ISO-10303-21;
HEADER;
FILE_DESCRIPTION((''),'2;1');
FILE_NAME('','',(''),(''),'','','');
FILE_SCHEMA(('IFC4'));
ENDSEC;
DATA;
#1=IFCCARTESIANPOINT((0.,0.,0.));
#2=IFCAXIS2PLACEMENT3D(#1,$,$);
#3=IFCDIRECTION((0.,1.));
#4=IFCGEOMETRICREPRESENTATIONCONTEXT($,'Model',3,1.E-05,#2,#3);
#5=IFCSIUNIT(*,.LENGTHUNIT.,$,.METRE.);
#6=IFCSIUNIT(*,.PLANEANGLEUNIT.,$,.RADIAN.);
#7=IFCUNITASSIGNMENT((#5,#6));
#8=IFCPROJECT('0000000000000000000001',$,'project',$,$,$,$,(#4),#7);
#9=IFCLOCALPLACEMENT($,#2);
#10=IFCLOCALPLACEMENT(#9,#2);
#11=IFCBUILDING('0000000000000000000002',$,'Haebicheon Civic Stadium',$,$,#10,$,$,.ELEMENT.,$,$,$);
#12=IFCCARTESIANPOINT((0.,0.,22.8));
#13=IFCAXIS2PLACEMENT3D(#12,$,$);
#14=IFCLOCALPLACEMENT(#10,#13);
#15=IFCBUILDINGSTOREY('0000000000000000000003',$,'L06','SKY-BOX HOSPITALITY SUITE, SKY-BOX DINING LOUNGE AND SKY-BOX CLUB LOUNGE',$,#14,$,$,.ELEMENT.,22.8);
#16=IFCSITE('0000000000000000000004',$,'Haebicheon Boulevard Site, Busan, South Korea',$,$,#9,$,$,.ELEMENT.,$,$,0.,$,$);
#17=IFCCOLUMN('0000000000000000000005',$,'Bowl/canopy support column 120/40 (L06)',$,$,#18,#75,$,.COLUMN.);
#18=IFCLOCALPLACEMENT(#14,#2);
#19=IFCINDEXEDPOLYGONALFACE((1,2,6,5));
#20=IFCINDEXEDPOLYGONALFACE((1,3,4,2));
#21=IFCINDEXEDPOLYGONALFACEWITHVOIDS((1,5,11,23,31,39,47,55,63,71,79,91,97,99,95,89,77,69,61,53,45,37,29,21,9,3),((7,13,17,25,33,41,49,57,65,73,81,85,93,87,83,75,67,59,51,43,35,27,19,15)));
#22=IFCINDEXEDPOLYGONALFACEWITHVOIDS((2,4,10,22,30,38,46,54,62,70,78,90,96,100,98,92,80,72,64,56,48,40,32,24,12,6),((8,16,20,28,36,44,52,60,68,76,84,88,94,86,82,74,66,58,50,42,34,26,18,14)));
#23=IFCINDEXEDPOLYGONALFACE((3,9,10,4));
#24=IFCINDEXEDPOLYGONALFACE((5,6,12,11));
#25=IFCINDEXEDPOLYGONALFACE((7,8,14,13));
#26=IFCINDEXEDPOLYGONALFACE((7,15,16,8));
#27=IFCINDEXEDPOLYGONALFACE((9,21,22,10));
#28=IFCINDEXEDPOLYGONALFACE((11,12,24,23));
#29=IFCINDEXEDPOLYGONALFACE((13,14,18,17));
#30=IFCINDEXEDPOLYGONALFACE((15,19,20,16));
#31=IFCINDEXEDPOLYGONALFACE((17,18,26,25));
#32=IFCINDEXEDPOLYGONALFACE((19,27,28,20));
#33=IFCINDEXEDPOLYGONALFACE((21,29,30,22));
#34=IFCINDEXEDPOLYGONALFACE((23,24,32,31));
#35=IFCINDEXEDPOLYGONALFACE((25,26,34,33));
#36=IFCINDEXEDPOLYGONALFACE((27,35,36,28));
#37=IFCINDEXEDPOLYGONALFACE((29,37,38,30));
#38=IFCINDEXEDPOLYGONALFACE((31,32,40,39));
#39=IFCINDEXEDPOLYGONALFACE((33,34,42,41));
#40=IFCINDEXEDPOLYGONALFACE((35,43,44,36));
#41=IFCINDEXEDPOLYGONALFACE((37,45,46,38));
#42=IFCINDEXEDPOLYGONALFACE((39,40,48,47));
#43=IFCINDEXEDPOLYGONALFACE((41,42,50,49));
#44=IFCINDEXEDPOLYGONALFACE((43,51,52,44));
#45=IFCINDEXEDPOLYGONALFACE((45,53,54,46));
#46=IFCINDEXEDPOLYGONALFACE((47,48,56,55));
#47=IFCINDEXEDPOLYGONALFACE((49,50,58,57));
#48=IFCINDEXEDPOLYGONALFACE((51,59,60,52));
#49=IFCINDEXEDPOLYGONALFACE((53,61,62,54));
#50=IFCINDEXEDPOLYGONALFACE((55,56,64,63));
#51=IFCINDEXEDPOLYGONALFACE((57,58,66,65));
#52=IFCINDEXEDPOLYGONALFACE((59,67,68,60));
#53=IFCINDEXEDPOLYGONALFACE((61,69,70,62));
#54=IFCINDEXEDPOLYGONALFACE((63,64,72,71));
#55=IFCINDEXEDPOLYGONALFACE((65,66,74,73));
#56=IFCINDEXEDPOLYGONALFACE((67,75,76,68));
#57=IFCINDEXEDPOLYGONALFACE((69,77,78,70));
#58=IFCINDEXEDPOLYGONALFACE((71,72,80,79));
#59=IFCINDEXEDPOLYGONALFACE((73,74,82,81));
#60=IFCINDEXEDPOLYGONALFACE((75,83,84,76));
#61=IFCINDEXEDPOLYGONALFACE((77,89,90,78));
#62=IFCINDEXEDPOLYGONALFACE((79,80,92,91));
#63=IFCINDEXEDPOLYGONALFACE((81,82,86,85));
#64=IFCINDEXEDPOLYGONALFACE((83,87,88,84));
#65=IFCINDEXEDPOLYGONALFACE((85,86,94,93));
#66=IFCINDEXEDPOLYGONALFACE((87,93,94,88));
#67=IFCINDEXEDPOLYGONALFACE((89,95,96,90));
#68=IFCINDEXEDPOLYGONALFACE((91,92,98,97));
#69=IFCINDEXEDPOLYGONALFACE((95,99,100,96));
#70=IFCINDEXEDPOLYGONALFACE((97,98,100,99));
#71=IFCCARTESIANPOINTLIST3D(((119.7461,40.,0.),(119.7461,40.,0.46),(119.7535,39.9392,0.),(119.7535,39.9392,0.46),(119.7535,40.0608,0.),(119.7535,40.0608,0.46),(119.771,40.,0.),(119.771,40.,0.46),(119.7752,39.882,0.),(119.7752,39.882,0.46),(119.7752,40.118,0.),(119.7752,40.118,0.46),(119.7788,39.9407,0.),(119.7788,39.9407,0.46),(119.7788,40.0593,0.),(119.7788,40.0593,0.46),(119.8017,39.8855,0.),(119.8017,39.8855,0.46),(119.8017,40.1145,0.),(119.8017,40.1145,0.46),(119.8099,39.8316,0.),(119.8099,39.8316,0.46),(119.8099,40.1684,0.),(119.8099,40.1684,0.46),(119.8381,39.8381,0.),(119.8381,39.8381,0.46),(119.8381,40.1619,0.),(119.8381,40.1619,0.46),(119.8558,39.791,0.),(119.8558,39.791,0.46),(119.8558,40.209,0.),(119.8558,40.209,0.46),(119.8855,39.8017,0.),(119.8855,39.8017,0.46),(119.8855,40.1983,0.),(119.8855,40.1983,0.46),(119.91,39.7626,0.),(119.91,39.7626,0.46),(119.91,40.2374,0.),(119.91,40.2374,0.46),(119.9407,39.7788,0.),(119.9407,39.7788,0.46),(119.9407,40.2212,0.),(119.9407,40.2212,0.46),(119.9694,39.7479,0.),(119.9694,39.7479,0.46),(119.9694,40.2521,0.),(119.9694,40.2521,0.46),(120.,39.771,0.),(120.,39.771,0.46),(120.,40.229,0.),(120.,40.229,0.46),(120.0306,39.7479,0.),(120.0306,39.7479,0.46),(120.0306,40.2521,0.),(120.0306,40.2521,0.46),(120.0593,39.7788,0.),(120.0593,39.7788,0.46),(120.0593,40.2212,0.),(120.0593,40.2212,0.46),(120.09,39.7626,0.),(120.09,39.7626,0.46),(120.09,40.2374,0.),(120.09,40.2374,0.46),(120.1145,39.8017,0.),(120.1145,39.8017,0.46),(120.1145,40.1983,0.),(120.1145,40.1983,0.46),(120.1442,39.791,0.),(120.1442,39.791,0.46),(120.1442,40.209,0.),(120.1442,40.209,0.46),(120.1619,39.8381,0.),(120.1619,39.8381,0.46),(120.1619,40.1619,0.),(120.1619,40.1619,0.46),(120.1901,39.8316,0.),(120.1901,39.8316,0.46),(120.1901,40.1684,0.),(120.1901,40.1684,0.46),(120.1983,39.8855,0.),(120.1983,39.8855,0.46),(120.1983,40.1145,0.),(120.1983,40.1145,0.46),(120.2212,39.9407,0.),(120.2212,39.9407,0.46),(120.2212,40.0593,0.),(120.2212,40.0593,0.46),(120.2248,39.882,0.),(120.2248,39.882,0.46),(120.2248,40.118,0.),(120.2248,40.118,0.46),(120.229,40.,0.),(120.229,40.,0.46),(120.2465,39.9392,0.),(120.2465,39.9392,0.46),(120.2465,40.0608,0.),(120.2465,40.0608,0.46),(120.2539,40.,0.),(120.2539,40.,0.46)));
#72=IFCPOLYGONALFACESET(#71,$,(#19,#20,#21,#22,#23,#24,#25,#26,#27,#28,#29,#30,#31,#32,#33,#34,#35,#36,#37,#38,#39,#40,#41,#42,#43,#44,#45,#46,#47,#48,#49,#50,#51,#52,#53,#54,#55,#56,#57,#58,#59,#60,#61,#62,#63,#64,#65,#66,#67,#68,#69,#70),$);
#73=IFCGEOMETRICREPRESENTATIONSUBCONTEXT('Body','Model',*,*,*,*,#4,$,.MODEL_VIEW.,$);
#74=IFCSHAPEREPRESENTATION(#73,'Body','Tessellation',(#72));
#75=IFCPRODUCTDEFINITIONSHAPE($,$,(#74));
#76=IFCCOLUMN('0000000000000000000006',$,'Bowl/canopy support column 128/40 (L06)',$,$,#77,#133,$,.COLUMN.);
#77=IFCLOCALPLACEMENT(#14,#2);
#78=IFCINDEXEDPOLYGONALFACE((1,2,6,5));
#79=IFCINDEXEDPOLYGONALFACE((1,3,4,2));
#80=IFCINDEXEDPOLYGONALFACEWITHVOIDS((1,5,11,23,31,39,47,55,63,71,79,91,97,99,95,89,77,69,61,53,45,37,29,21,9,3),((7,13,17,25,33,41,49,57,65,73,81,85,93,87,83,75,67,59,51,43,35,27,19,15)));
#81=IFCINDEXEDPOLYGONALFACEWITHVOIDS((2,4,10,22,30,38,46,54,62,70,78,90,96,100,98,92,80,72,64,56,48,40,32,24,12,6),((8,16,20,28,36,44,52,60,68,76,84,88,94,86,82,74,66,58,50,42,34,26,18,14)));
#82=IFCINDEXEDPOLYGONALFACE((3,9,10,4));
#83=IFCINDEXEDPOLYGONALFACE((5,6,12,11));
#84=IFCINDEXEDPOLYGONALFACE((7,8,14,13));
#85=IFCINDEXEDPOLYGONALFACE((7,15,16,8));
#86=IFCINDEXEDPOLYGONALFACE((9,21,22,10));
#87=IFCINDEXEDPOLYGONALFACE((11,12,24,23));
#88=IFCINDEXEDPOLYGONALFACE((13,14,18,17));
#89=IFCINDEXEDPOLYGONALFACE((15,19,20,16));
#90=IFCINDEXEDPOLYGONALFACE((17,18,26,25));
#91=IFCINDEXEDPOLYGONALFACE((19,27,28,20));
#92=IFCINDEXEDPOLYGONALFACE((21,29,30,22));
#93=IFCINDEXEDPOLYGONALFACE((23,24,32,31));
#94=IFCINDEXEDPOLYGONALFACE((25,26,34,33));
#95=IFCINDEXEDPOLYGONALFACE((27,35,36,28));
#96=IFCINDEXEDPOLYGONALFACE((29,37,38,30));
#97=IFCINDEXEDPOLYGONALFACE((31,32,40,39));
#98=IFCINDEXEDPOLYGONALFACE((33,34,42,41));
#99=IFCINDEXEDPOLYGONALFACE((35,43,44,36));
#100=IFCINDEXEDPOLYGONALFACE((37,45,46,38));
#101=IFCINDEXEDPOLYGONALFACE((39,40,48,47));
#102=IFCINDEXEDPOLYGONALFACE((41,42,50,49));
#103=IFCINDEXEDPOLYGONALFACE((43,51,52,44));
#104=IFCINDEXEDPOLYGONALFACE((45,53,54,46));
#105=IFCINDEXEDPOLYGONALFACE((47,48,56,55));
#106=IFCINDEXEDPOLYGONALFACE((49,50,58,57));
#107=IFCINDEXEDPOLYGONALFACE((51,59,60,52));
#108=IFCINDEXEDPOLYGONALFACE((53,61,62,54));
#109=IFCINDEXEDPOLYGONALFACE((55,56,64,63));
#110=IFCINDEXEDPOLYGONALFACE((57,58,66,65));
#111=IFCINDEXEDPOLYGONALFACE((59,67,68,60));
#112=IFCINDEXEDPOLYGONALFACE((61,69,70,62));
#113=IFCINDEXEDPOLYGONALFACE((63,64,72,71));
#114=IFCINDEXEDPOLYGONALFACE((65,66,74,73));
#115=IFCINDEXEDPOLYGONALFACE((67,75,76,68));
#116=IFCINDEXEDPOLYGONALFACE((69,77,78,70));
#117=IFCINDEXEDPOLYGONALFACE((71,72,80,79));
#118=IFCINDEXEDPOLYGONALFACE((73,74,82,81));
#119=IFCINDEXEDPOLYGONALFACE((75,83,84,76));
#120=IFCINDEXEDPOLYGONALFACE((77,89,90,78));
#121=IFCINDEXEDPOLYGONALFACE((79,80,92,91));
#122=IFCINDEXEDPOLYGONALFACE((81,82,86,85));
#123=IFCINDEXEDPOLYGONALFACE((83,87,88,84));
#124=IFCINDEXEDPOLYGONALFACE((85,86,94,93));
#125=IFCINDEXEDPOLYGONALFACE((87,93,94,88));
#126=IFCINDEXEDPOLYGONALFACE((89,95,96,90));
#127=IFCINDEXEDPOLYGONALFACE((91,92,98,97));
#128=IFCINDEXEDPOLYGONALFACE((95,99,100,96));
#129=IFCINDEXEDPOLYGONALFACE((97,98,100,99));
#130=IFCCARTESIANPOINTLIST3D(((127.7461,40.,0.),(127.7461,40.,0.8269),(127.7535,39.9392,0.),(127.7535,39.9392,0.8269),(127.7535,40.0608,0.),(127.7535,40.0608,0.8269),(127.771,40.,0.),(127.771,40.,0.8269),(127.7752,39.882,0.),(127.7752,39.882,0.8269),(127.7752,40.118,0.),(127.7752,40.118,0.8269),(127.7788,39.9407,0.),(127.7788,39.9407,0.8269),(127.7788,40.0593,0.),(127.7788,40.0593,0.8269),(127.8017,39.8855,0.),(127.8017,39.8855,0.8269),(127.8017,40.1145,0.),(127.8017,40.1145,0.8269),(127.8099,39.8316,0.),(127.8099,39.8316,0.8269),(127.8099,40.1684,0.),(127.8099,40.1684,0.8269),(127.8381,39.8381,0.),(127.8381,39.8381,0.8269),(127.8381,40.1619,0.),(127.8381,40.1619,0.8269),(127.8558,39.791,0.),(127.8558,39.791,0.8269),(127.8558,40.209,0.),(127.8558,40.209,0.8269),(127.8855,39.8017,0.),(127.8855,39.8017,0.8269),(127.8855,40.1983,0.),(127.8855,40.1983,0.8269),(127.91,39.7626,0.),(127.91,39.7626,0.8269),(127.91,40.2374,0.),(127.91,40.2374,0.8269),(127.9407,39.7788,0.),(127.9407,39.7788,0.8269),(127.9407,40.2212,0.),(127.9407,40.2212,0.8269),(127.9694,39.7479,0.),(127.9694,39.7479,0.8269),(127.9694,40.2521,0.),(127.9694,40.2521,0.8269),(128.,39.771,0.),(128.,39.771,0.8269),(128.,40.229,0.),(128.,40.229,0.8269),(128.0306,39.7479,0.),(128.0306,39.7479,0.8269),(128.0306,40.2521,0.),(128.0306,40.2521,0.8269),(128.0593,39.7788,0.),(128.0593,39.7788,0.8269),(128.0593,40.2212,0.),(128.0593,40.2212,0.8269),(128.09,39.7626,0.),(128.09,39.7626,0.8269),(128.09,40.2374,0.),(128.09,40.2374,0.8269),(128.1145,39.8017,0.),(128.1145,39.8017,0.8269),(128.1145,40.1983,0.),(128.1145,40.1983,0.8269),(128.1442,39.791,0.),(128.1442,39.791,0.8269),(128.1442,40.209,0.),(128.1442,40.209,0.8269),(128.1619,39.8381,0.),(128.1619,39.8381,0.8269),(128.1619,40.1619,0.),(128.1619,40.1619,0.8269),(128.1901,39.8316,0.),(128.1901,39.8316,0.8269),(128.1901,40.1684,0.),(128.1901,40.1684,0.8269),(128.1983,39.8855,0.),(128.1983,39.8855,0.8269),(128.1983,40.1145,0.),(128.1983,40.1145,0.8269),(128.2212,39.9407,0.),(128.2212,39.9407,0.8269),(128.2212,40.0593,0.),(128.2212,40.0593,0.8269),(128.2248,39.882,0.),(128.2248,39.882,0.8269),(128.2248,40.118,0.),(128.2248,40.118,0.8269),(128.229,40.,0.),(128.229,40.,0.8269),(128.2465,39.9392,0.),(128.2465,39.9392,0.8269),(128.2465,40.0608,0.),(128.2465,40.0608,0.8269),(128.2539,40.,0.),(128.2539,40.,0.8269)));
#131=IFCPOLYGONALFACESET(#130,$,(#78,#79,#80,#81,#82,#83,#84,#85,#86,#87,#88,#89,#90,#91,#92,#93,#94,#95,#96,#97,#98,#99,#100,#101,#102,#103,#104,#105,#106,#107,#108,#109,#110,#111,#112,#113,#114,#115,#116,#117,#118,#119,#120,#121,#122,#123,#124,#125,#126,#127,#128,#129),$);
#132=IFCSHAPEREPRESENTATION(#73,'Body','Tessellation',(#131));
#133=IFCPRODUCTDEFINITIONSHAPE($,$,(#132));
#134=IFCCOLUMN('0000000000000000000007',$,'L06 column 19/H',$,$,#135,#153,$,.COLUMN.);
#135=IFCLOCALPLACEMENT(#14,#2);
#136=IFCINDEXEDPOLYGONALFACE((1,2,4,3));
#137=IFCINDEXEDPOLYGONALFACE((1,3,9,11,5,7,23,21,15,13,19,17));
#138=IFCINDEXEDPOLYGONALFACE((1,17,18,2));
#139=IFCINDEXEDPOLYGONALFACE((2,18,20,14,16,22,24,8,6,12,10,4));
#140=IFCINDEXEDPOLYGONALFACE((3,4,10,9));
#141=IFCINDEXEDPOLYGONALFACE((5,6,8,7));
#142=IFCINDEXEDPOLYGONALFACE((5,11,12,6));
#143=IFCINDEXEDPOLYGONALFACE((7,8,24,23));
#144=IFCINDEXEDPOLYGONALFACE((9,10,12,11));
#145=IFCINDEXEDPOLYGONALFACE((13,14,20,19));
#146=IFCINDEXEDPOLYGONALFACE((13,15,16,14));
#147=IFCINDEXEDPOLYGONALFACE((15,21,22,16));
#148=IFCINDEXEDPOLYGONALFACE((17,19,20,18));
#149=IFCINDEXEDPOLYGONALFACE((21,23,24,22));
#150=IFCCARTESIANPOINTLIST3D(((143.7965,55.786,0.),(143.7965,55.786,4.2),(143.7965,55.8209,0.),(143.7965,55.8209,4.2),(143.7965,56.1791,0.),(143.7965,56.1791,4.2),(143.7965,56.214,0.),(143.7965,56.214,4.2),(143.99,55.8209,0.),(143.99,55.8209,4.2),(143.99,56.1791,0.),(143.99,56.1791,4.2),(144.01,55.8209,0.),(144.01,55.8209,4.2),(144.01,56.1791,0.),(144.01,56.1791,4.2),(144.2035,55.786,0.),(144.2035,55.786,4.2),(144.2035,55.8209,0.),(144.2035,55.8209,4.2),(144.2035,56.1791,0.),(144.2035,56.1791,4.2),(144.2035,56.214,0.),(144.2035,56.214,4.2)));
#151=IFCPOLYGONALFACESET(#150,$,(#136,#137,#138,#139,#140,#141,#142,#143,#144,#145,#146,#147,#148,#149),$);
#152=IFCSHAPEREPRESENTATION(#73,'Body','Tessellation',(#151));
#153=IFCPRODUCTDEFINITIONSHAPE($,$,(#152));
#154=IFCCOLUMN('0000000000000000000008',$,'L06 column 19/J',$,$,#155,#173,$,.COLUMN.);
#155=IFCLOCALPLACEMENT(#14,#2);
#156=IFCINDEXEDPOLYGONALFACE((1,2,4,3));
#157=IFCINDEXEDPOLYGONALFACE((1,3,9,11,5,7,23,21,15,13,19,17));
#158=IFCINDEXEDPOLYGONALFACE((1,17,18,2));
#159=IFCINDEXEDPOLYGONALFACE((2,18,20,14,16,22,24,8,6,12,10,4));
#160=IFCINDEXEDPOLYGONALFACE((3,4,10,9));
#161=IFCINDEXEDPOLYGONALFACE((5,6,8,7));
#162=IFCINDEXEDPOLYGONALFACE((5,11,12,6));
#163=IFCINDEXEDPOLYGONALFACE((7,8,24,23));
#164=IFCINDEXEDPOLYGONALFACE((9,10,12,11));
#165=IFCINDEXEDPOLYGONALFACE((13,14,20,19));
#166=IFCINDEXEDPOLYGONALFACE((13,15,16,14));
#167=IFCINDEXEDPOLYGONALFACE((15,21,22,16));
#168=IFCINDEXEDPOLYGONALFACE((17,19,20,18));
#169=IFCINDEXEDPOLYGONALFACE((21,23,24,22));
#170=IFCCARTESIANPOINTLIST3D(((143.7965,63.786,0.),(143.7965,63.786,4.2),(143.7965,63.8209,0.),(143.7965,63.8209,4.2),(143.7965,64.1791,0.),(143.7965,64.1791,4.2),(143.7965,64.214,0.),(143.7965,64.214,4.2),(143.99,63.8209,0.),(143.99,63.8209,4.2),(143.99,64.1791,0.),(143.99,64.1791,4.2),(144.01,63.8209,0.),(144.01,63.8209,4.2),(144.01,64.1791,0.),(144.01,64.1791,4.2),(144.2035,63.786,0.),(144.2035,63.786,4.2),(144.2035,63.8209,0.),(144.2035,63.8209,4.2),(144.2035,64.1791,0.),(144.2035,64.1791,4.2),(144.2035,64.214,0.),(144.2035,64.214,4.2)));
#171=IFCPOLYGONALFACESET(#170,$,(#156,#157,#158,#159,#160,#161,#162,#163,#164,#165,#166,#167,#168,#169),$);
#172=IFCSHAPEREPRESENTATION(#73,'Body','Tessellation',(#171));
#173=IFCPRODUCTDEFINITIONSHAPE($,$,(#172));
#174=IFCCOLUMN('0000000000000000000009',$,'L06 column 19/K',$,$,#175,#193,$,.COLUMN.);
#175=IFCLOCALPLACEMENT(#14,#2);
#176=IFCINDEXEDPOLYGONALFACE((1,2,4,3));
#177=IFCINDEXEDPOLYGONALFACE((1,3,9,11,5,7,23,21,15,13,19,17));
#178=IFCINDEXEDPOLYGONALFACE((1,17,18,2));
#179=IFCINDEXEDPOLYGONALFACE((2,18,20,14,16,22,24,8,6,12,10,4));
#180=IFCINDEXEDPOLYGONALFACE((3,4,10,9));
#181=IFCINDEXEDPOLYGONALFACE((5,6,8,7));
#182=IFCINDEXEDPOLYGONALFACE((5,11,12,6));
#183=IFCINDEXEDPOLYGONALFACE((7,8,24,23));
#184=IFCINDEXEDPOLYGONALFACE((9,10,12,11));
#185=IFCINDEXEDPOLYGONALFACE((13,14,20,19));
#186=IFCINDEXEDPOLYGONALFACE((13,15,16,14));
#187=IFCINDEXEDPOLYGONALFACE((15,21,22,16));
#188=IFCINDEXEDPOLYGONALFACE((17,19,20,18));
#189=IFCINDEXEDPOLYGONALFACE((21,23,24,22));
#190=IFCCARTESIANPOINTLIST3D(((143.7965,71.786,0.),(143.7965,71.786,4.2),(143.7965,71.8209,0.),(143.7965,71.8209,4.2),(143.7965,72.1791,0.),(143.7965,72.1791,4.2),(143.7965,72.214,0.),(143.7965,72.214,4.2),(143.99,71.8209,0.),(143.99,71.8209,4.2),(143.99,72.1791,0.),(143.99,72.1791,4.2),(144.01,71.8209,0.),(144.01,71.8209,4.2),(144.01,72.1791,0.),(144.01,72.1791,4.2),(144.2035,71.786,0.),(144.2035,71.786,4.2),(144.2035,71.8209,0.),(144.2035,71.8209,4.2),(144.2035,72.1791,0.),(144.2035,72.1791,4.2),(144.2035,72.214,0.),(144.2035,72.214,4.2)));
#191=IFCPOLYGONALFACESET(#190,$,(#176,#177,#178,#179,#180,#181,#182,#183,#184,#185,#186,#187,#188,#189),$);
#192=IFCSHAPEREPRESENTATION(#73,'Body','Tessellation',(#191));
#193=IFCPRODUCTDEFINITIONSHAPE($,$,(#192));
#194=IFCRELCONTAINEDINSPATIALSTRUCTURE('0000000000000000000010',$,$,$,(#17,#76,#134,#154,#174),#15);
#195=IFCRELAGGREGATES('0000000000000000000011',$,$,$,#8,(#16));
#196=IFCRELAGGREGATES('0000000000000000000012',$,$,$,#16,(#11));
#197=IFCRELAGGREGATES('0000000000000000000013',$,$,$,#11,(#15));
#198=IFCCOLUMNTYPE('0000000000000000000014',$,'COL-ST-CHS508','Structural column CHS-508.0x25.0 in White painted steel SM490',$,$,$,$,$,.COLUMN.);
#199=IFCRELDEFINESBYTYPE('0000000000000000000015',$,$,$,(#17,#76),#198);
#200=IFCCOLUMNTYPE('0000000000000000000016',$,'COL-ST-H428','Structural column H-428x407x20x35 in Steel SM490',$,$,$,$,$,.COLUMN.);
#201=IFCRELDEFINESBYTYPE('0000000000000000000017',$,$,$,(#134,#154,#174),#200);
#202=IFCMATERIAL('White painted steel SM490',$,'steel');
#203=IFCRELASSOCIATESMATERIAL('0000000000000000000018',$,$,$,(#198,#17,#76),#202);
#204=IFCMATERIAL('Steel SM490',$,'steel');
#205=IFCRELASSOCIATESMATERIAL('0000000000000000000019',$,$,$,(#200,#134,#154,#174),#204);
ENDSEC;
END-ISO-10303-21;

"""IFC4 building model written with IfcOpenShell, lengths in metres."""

from ifc_helpers import new_model, si_unit, direction, frame, origin, origin_2d, place, context, subcontext, project, spatial, hollow_circle, i_section, extrude, material, material_profile, profile_set, type_object, element, save


model = new_model("IFC4")

# Units and contexts
model_context = context("Model", 3, precision=1e-05, world=origin(), true_north=direction((0.0, 1.0)))
body_context = subcontext(model_context, "Body", "Model", "MODEL_VIEW")
ifc_project = project(units=[si_unit("LENGTHUNIT", "METRE"), si_unit("PLANEANGLEUNIT", "RADIAN")], contexts=[model_context])

# Site, building, storey
site_placement = place(None, origin())
site = spatial("IfcSite", under=ifc_project, at=site_placement, Name="Haebicheon Boulevard Site, Busan, South Korea", CompositionType="ELEMENT", RefElevation=0.0)
building_placement = place(site_placement, origin())
building = spatial("IfcBuilding", under=site, at=building_placement, Name="Haebicheon Civic Stadium", CompositionType="ELEMENT")
storey_placement = place(building_placement, frame((0.0, 0.0, 22.8)))
storey = spatial("IfcBuildingStorey", under=building, at=storey_placement, Name="L06", Description="SKY-BOX HOSPITALITY SUITE, SKY-BOX DINING LOUNGE AND SKY-BOX CLUB LOUNGE", CompositionType="ELEMENT", Elevation=22.8)

# Columns
ifc_material_1 = material(Name="White painted steel SM490", Category="steel")
ifc_material_profile_1 = material_profile(ifc_material_1, hollow_circle(Radius=0.2539, WallThickness=0.0249, at=origin_2d()), Name="CHS-508.0x25.0")
ifc_profile_set_1 = profile_set([ifc_material_profile_1], Name="White painted steel SM490")
column_type_1 = type_object("IfcColumnType", Name="COL-ST-CHS508", Description="Structural column CHS-508.0x25.0 in White painted steel SM490", PredefinedType="COLUMN", material=ifc_profile_set_1)
column_1_placement = place(storey_placement, frame((120.0, 40.0, 0.0), z_axis=(0.0, 0.0, 1.0), x_axis=(1.0, 0.0, 0.0)))
element("IfcColumn", 1, at=column_1_placement, inside=storey, type_object=column_type_1, material=ifc_profile_set_1, Name="Bowl/canopy support column 120/40 (L06)", PredefinedType="COLUMN", context=body_context, shape_type="SweptSolid", body=[
    extrude(hollow_circle(Radius=0.2539, WallThickness=0.0249, at=origin_2d()), origin(), (0.0, 0.0, 1.0), 0.46),
])
column_2_placement = place(storey_placement, frame((128.0, 40.0, 0.0), z_axis=(0.0, 0.0, 1.0), x_axis=(1.0, 0.0, 0.0)))
element("IfcColumn", 2, at=column_2_placement, inside=storey, type_object=column_type_1, material=ifc_profile_set_1, Name="Bowl/canopy support column 128/40 (L06)", PredefinedType="COLUMN", context=body_context, shape_type="SweptSolid", body=[
    extrude(hollow_circle(Radius=0.2539, WallThickness=0.0249, at=origin_2d()), origin(), (0.0, 0.0, 1.0), 0.8269),
])
ifc_material_2 = material(Name="Steel SM490", Category="steel")
ifc_material_profile_2 = material_profile(ifc_material_2, i_section(OverallWidth=0.407, OverallDepth=0.428, WebThickness=0.02, FlangeThickness=0.0349, at=origin_2d()), Name="H-428x407x20x35")
ifc_profile_set_2 = profile_set([ifc_material_profile_2], Name="Steel SM490")
column_type_2 = type_object("IfcColumnType", Name="COL-ST-H428", Description="Structural column H-428x407x20x35 in Steel SM490", PredefinedType="COLUMN", material=ifc_profile_set_2)
for number, where, z_axis, x_axis, name in (
    (3, (144.0, 56.0, 0.0), (0.0, 0.0, 1.0), (1.0, 0.0, 0.0), "L06 column 19/H"),
    (4, (144.0, 64.0, 0.0), (0.0, 0.0, 1.0), (1.0, 0.0, 0.0), "L06 column 19/J"),
    (5, (144.0, 72.0, 0.0), (0.0, 0.0, 1.0), (1.0, 0.0, 0.0), "L06 column 19/K"),
):
    element("IfcColumn", number, at=place(storey_placement, frame(where, z_axis=z_axis, x_axis=x_axis)), inside=storey, type_object=column_type_2, material=ifc_profile_set_2, Name=name, PredefinedType="COLUMN", context=body_context, shape_type="SweptSolid", body=[
        extrude(i_section(OverallWidth=0.407, OverallDepth=0.428, WebThickness=0.02, FlangeThickness=0.0349, at=origin_2d()), origin(), (0.0, 0.0, 1.0), 4.2),
    ])

save(model, "model.ifc")
